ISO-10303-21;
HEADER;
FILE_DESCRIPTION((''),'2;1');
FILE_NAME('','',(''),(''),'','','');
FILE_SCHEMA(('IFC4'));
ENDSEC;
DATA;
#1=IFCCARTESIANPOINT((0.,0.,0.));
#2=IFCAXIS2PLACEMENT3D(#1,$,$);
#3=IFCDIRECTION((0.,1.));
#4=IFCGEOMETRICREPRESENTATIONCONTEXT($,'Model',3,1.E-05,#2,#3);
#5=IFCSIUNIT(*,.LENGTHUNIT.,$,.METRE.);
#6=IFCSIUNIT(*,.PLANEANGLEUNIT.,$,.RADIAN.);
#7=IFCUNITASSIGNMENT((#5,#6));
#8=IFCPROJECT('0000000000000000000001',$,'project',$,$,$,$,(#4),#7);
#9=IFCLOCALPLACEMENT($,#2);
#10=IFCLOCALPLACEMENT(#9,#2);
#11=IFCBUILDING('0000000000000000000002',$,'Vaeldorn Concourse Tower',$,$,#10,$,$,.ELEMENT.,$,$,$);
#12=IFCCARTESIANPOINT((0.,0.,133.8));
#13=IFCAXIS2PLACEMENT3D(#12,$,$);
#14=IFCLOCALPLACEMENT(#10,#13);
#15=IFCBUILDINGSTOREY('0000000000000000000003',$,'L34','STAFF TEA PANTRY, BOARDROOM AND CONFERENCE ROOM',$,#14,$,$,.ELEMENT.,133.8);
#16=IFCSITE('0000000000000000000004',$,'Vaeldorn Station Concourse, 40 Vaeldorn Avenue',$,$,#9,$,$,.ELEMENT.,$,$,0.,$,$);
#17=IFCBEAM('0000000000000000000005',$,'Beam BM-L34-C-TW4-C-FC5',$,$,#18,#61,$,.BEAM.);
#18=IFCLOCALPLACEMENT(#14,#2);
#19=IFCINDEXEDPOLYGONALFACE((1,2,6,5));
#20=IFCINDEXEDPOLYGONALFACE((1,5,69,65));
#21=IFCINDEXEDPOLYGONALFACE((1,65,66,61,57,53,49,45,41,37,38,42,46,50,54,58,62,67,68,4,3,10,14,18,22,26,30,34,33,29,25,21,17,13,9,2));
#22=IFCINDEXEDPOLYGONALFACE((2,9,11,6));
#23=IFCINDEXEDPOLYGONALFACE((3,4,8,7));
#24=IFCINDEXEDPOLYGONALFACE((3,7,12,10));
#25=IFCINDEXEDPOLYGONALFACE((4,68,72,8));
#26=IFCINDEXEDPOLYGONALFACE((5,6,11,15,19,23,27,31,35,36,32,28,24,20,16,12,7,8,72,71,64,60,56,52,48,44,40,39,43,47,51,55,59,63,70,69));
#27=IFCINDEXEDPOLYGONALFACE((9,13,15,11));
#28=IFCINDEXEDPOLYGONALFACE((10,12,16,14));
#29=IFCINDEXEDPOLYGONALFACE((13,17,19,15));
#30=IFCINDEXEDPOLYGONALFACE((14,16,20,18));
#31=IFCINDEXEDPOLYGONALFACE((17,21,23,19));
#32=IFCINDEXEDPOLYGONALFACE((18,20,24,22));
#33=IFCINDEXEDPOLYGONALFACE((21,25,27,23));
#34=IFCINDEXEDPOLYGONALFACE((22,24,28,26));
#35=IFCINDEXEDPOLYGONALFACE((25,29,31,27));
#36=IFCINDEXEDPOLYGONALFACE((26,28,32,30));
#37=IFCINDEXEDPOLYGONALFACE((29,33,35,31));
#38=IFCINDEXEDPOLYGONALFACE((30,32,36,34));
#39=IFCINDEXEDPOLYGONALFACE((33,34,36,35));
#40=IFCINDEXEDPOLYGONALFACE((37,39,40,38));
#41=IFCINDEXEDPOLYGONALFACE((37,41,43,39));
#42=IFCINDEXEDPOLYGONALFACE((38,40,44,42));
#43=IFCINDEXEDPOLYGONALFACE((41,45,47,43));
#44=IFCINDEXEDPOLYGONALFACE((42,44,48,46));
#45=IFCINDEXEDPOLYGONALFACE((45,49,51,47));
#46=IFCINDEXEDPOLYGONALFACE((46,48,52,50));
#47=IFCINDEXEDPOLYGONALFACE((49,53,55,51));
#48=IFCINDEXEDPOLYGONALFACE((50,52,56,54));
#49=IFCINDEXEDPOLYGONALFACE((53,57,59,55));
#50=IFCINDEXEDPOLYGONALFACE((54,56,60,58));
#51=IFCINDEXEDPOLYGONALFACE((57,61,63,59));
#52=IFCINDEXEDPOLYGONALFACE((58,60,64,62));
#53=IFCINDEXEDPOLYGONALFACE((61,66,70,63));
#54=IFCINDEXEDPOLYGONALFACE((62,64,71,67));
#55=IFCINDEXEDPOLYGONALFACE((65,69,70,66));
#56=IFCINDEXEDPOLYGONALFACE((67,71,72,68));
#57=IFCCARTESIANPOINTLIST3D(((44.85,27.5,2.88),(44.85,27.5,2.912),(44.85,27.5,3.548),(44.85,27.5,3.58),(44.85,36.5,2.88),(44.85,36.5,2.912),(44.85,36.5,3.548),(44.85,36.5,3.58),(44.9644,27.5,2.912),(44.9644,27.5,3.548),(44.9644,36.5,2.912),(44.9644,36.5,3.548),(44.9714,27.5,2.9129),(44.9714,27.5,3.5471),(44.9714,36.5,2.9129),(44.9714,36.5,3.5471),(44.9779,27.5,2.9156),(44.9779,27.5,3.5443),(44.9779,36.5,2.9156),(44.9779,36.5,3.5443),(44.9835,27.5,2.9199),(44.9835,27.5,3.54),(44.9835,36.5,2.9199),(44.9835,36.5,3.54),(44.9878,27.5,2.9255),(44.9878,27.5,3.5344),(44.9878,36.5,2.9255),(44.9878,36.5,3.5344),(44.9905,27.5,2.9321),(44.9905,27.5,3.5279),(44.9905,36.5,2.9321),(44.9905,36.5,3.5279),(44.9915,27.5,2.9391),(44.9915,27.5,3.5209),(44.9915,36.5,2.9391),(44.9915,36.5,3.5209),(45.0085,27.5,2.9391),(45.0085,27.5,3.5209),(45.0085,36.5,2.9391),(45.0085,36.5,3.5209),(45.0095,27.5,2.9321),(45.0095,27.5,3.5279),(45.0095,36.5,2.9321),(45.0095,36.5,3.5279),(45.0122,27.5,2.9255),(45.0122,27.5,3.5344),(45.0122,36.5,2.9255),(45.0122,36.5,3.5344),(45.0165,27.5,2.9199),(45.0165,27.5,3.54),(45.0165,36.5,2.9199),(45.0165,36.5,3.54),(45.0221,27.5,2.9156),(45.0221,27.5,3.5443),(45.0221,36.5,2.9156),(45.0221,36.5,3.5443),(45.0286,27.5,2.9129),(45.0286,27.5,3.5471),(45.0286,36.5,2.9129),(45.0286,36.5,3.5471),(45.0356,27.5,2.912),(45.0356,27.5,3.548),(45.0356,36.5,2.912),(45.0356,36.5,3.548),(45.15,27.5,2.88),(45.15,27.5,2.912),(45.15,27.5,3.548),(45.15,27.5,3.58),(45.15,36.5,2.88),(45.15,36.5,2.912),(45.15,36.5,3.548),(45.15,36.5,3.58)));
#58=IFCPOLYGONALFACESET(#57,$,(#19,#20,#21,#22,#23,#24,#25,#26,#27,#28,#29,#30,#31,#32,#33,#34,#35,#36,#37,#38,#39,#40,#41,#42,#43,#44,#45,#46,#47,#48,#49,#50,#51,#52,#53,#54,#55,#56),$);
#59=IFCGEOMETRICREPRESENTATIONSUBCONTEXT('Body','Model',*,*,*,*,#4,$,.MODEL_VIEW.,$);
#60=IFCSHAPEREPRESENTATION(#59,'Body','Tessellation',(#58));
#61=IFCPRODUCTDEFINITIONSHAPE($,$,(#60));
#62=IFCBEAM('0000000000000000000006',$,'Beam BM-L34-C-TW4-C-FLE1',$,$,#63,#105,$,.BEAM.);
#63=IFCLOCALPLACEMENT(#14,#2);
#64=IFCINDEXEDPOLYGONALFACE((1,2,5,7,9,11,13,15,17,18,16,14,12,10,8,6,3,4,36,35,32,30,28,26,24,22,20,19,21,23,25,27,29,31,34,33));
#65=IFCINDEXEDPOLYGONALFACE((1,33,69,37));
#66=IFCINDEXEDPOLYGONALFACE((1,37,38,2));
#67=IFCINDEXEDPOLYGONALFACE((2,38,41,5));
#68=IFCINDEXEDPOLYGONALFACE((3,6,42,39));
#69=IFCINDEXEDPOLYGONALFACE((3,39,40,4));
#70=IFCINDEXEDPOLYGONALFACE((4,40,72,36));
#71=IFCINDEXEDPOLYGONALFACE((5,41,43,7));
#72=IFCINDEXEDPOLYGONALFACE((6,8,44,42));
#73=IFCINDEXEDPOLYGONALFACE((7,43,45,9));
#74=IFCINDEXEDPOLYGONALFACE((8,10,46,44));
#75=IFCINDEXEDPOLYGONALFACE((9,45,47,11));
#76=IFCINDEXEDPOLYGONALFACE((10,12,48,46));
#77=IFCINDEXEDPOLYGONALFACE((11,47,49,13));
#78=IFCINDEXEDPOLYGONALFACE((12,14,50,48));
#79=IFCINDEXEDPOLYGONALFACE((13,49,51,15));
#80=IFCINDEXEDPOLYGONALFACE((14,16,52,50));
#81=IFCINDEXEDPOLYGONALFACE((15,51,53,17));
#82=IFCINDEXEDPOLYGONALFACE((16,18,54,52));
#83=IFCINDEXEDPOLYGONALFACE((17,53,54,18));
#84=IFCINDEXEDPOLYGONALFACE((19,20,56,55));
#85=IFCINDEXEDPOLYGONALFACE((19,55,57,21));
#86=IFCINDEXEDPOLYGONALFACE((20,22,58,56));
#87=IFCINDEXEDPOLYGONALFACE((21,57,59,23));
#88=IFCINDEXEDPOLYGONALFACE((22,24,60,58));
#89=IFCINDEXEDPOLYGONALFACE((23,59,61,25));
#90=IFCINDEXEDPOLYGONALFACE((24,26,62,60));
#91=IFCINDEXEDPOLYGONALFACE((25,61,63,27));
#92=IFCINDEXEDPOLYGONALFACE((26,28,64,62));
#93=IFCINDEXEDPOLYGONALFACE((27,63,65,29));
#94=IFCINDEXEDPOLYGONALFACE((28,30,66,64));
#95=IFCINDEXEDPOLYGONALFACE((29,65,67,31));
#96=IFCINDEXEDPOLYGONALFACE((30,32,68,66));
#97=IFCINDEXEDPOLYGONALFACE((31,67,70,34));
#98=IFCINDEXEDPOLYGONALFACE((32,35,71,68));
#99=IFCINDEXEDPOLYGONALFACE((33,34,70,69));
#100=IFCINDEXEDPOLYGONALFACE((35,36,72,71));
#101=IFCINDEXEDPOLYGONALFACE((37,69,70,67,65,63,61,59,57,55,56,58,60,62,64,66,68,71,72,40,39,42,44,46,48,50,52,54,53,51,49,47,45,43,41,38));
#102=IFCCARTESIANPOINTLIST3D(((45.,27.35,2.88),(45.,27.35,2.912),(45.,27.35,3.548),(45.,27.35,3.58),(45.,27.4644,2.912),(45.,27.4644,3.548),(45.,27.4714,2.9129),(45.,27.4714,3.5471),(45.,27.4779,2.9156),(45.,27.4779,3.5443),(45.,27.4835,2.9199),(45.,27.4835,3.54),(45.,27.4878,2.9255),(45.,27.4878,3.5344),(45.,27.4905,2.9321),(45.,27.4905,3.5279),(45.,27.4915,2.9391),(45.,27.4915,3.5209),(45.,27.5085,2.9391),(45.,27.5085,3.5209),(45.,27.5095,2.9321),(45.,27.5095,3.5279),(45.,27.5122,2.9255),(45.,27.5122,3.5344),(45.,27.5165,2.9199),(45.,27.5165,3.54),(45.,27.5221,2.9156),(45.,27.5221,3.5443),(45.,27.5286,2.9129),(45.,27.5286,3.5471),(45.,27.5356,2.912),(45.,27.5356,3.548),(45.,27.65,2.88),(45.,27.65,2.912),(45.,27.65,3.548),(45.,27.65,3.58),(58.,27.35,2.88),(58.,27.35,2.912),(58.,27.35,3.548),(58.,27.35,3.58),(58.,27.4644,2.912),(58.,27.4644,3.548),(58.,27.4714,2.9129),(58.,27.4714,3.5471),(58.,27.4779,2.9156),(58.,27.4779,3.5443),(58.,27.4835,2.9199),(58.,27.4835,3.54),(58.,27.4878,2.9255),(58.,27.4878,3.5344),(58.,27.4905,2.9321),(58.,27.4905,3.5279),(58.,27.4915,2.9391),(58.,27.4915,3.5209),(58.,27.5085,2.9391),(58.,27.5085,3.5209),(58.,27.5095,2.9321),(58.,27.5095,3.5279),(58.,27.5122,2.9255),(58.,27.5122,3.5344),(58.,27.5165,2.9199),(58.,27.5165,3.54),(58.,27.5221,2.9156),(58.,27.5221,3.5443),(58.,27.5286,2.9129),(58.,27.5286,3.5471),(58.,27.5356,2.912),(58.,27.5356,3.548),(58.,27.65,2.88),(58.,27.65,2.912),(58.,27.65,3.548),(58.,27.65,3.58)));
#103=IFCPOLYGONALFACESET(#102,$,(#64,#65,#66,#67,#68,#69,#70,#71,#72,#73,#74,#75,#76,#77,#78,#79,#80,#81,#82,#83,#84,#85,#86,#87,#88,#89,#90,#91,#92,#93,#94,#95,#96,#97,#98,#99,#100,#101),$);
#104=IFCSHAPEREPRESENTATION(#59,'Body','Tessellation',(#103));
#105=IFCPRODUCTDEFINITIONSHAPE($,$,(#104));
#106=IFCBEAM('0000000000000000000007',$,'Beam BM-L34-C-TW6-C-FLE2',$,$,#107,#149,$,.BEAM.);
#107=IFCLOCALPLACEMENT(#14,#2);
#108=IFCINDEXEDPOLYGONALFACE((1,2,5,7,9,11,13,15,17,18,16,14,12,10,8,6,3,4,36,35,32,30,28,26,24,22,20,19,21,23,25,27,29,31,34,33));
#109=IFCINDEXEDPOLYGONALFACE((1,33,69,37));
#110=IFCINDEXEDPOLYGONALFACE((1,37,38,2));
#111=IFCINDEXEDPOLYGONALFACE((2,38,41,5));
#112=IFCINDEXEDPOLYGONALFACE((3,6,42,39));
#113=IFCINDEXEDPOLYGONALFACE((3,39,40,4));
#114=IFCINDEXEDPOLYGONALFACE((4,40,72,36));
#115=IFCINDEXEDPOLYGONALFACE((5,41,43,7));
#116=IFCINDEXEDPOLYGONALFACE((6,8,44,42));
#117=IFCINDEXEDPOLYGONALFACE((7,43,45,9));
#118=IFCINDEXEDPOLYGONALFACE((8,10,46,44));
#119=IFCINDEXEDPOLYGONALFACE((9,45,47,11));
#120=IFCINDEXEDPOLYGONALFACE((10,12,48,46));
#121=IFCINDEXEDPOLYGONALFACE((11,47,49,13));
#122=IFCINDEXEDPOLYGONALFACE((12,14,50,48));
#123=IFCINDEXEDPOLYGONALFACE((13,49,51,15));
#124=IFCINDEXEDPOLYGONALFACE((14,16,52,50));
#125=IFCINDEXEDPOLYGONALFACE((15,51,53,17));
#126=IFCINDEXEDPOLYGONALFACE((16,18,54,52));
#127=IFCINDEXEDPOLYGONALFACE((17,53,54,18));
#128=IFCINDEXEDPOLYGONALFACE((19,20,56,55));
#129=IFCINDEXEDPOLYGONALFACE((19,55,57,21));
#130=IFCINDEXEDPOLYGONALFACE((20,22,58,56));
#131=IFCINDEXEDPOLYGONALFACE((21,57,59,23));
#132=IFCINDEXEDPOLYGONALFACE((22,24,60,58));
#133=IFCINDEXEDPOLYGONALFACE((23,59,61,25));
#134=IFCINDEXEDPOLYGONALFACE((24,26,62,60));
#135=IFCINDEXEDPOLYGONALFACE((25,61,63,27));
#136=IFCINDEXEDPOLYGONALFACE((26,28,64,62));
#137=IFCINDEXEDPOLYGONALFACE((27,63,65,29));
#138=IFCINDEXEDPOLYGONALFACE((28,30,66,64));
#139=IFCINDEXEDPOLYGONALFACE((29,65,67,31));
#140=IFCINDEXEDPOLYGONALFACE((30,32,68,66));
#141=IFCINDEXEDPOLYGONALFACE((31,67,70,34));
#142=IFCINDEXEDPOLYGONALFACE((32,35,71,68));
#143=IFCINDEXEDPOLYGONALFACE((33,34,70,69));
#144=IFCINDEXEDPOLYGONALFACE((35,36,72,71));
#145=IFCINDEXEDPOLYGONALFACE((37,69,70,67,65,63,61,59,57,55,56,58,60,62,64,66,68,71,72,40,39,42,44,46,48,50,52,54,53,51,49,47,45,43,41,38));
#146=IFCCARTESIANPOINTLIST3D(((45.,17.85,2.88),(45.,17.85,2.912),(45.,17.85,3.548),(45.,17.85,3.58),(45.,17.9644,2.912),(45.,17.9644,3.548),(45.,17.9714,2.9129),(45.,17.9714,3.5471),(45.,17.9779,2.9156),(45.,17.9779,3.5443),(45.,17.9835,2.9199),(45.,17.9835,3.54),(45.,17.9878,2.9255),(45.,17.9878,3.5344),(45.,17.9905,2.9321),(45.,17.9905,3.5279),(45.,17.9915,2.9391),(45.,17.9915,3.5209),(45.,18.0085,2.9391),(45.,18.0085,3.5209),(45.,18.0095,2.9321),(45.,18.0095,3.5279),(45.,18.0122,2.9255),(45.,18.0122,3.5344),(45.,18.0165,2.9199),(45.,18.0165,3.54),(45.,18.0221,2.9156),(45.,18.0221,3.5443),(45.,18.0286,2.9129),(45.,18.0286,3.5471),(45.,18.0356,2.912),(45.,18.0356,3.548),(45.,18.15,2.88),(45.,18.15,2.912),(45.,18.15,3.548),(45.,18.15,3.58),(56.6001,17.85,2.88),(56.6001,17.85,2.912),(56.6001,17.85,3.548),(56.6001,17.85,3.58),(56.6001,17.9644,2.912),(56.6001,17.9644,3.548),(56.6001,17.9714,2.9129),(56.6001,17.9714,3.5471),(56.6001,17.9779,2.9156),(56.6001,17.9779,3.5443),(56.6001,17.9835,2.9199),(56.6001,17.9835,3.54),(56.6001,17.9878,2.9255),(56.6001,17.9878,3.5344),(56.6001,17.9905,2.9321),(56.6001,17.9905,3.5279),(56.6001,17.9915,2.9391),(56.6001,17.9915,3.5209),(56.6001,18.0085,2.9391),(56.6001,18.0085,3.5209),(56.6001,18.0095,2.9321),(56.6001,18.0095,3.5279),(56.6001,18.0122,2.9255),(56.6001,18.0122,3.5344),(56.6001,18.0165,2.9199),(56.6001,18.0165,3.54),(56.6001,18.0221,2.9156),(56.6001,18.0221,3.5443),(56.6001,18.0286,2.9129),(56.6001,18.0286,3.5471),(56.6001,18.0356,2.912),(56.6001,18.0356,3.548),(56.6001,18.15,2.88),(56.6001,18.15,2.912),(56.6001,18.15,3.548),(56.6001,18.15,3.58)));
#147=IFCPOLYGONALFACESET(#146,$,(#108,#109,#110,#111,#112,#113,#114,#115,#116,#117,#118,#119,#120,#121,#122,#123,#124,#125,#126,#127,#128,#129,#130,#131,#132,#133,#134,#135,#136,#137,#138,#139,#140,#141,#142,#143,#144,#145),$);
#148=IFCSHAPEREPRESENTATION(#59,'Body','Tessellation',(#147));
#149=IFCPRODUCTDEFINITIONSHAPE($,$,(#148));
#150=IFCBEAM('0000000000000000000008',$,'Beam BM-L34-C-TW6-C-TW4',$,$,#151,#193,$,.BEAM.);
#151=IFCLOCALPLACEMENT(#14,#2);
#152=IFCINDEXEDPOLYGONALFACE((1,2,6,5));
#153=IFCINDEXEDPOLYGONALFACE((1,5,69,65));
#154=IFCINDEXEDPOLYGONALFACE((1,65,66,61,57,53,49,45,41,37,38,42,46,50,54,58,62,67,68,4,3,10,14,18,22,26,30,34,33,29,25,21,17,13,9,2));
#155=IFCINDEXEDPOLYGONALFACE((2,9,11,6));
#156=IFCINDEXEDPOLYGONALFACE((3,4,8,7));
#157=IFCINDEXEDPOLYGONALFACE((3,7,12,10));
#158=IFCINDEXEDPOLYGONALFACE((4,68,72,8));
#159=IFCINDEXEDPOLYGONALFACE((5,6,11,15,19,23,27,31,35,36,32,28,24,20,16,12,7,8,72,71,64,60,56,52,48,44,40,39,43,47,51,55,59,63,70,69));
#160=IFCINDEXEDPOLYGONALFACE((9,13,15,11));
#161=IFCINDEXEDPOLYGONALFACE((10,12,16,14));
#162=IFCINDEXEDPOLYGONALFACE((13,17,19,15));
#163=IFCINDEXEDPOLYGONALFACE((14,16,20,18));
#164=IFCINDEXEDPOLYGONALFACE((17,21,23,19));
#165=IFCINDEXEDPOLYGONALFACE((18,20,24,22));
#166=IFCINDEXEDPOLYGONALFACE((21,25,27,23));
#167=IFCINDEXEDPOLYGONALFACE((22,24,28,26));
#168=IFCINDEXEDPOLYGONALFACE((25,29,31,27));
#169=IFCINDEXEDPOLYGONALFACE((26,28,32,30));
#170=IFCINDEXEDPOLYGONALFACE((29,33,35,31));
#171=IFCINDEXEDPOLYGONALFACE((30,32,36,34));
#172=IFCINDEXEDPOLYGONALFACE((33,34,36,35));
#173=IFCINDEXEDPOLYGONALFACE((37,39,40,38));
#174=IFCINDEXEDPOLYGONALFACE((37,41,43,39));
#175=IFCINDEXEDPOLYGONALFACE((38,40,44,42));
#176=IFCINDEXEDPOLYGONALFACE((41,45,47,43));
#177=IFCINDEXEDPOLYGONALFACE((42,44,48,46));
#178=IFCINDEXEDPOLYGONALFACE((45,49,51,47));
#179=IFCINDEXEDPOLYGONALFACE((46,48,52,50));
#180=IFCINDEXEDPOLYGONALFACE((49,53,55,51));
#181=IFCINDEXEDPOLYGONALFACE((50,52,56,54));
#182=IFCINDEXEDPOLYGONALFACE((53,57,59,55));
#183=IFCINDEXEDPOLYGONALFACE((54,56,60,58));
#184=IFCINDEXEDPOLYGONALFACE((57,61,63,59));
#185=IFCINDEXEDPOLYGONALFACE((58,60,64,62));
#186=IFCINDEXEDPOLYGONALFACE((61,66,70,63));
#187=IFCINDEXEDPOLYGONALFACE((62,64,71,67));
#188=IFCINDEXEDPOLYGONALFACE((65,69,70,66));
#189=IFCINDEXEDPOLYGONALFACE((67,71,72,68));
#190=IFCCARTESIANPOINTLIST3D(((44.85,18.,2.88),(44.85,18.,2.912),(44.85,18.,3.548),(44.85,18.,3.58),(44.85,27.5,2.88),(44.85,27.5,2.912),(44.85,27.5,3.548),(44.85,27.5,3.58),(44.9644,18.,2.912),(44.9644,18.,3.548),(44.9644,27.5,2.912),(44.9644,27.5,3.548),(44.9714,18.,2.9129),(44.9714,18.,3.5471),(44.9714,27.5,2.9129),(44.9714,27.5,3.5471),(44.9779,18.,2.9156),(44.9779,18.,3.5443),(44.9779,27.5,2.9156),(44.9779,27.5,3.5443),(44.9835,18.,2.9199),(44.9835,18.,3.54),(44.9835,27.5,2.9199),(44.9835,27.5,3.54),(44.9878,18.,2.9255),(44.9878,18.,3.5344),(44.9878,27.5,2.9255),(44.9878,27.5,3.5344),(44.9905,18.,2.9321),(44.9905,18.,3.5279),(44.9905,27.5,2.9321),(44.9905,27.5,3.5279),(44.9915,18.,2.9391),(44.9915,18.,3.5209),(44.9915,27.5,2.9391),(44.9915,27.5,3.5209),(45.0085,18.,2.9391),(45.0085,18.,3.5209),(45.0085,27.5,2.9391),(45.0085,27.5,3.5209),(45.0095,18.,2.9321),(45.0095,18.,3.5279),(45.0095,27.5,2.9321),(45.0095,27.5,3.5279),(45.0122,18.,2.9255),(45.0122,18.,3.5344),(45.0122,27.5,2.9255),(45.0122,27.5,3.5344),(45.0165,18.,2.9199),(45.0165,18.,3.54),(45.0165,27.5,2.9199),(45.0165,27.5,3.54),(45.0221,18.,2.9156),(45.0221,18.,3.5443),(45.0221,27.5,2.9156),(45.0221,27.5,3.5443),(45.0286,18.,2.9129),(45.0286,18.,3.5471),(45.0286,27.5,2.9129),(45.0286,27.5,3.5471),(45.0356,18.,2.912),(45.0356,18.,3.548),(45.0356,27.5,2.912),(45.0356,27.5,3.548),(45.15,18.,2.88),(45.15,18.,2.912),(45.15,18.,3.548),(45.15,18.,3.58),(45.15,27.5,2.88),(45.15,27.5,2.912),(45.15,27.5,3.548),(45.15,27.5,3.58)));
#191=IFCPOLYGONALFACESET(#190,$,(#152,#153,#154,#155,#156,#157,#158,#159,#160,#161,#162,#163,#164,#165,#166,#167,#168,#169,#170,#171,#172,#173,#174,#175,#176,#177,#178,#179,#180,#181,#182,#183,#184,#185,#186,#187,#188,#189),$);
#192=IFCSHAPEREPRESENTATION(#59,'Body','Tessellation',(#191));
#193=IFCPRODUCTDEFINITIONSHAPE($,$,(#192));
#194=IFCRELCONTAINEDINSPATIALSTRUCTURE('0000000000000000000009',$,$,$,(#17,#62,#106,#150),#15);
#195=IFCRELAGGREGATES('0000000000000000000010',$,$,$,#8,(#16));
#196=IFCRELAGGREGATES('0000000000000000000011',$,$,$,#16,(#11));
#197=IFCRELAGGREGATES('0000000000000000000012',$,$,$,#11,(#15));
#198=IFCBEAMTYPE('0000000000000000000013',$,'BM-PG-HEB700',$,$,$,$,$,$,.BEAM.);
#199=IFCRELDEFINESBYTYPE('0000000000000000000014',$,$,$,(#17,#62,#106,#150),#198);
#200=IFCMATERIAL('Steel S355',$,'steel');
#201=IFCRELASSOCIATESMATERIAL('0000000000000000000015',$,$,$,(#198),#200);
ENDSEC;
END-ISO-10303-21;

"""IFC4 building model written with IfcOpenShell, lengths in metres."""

from ifc_helpers import new_model, si_unit, direction, frame, origin, origin_2d, place, context, subcontext, project, spatial, i_section, extrude, source, transform, mapped, material, material_profile, profile_set, type_object, element, save


model = new_model("IFC4")

# Units and contexts
model_context = context("Model", 3, precision=1e-05, world=origin(), true_north=direction((0.0, 1.0)))
body_context = subcontext(model_context, "Body", "Model", "MODEL_VIEW")
ifc_project = project(units=[si_unit("LENGTHUNIT", "METRE"), si_unit("PLANEANGLEUNIT", "RADIAN")], contexts=[model_context])

# Site, building, storey
site_placement = place(None, origin())
site = spatial("IfcSite", under=ifc_project, at=site_placement, Name="Vaeldorn Station Concourse, 40 Vaeldorn Avenue", CompositionType="ELEMENT", RefElevation=0.0)
building_placement = place(site_placement, origin())
building = spatial("IfcBuilding", under=site, at=building_placement, Name="Vaeldorn Concourse Tower", CompositionType="ELEMENT")
storey_placement = place(building_placement, frame((0.0, 0.0, 133.8)))
storey = spatial("IfcBuildingStorey", under=building, at=storey_placement, Name="L34", Description="STAFF TEA PANTRY, BOARDROOM AND CONFERENCE ROOM", CompositionType="ELEMENT", Elevation=133.8)

# Beams
ifc_material_1 = material(Name="Steel S355", Category="steel")
ifc_material_profile_1 = material_profile(ifc_material_1, i_section(OverallWidth=0.3, OverallDepth=0.7, WebThickness=0.0171, FlangeThickness=0.032, FilletRadius=0.0271, at=origin_2d()), Name="HEB 700")
ifc_profile_set_1 = profile_set([ifc_material_profile_1], Name="Steel S355")
beam_type_1 = type_object("IfcBeamType", Name="BM-PG-HEB700", PredefinedType="BEAM", material=ifc_profile_set_1)
shared_shape_1 = source(origin(), body_context, "Body", "SweptSolid", [
    extrude(i_section(OverallWidth=0.3, OverallDepth=0.7, WebThickness=0.0171, FlangeThickness=0.032, FilletRadius=0.0271, at=origin_2d()), origin(), (0.0, 0.0, 1.0), 9.0),
])
for number, where, z_axis, x_axis, name in (
    (1, (45.0, 27.5, 3.23), (0.0, 1.0, 0.0), (-1.0, 0.0, 0.0), "Beam BM-L34-C-TW4-C-FC5"),
):
    element("IfcBeam", number, at=place(storey_placement, frame(where, z_axis=z_axis, x_axis=x_axis)), inside=storey, type_object=beam_type_1, Name=name, PredefinedType="BEAM", context=body_context, shape_type="MappedRepresentation", body=[
        mapped(shared_shape_1, transform((0.0, 0.0, 0.0), scale=1.0)),
    ])
shared_shape_2 = source(origin(), body_context, "Body", "SweptSolid", [
    extrude(i_section(OverallWidth=0.3, OverallDepth=0.7, WebThickness=0.0171, FlangeThickness=0.032, FilletRadius=0.0271, at=origin_2d()), origin(), (0.0, 0.0, 1.0), 13.0),
])
beam_1_placement = place(storey_placement, frame((45.0, 27.5, 3.23), z_axis=(1.0, 0.0, 0.0), x_axis=(0.0, 1.0, 0.0)))
element("IfcBeam", 2, at=beam_1_placement, inside=storey, type_object=beam_type_1, Name="Beam BM-L34-C-TW4-C-FLE1", PredefinedType="BEAM", context=body_context, shape_type="MappedRepresentation", body=[
    mapped(shared_shape_2, transform((0.0, 0.0, 0.0), scale=1.0)),
])
shared_shape_3 = source(origin(), body_context, "Body", "SweptSolid", [
    extrude(i_section(OverallWidth=0.3, OverallDepth=0.7, WebThickness=0.0171, FlangeThickness=0.032, FilletRadius=0.0271, at=origin_2d()), origin(), (0.0, 0.0, 1.0), 11.6001),
])
beam_2_placement = place(storey_placement, frame((45.0, 18.0, 3.23), z_axis=(1.0, 0.0, 0.0), x_axis=(0.0, 1.0, 0.0)))
element("IfcBeam", 3, at=beam_2_placement, inside=storey, type_object=beam_type_1, Name="Beam BM-L34-C-TW6-C-FLE2", PredefinedType="BEAM", context=body_context, shape_type="MappedRepresentation", body=[
    mapped(shared_shape_3, transform((0.0, 0.0, 0.0), scale=1.0)),
])
shared_shape_4 = source(origin(), body_context, "Body", "SweptSolid", [
    extrude(i_section(OverallWidth=0.3, OverallDepth=0.7, WebThickness=0.0171, FlangeThickness=0.032, FilletRadius=0.0271, at=origin_2d()), origin(), (0.0, 0.0, 1.0), 9.5),
])
beam_3_placement = place(storey_placement, frame((45.0, 18.0, 3.23), z_axis=(0.0, 1.0, 0.0), x_axis=(-1.0, 0.0, 0.0)))
element("IfcBeam", 4, at=beam_3_placement, inside=storey, type_object=beam_type_1, Name="Beam BM-L34-C-TW6-C-TW4", PredefinedType="BEAM", context=body_context, shape_type="MappedRepresentation", body=[
    mapped(shared_shape_4, transform((0.0, 0.0, 0.0), scale=1.0)),
])

save(model, "model.ifc")
